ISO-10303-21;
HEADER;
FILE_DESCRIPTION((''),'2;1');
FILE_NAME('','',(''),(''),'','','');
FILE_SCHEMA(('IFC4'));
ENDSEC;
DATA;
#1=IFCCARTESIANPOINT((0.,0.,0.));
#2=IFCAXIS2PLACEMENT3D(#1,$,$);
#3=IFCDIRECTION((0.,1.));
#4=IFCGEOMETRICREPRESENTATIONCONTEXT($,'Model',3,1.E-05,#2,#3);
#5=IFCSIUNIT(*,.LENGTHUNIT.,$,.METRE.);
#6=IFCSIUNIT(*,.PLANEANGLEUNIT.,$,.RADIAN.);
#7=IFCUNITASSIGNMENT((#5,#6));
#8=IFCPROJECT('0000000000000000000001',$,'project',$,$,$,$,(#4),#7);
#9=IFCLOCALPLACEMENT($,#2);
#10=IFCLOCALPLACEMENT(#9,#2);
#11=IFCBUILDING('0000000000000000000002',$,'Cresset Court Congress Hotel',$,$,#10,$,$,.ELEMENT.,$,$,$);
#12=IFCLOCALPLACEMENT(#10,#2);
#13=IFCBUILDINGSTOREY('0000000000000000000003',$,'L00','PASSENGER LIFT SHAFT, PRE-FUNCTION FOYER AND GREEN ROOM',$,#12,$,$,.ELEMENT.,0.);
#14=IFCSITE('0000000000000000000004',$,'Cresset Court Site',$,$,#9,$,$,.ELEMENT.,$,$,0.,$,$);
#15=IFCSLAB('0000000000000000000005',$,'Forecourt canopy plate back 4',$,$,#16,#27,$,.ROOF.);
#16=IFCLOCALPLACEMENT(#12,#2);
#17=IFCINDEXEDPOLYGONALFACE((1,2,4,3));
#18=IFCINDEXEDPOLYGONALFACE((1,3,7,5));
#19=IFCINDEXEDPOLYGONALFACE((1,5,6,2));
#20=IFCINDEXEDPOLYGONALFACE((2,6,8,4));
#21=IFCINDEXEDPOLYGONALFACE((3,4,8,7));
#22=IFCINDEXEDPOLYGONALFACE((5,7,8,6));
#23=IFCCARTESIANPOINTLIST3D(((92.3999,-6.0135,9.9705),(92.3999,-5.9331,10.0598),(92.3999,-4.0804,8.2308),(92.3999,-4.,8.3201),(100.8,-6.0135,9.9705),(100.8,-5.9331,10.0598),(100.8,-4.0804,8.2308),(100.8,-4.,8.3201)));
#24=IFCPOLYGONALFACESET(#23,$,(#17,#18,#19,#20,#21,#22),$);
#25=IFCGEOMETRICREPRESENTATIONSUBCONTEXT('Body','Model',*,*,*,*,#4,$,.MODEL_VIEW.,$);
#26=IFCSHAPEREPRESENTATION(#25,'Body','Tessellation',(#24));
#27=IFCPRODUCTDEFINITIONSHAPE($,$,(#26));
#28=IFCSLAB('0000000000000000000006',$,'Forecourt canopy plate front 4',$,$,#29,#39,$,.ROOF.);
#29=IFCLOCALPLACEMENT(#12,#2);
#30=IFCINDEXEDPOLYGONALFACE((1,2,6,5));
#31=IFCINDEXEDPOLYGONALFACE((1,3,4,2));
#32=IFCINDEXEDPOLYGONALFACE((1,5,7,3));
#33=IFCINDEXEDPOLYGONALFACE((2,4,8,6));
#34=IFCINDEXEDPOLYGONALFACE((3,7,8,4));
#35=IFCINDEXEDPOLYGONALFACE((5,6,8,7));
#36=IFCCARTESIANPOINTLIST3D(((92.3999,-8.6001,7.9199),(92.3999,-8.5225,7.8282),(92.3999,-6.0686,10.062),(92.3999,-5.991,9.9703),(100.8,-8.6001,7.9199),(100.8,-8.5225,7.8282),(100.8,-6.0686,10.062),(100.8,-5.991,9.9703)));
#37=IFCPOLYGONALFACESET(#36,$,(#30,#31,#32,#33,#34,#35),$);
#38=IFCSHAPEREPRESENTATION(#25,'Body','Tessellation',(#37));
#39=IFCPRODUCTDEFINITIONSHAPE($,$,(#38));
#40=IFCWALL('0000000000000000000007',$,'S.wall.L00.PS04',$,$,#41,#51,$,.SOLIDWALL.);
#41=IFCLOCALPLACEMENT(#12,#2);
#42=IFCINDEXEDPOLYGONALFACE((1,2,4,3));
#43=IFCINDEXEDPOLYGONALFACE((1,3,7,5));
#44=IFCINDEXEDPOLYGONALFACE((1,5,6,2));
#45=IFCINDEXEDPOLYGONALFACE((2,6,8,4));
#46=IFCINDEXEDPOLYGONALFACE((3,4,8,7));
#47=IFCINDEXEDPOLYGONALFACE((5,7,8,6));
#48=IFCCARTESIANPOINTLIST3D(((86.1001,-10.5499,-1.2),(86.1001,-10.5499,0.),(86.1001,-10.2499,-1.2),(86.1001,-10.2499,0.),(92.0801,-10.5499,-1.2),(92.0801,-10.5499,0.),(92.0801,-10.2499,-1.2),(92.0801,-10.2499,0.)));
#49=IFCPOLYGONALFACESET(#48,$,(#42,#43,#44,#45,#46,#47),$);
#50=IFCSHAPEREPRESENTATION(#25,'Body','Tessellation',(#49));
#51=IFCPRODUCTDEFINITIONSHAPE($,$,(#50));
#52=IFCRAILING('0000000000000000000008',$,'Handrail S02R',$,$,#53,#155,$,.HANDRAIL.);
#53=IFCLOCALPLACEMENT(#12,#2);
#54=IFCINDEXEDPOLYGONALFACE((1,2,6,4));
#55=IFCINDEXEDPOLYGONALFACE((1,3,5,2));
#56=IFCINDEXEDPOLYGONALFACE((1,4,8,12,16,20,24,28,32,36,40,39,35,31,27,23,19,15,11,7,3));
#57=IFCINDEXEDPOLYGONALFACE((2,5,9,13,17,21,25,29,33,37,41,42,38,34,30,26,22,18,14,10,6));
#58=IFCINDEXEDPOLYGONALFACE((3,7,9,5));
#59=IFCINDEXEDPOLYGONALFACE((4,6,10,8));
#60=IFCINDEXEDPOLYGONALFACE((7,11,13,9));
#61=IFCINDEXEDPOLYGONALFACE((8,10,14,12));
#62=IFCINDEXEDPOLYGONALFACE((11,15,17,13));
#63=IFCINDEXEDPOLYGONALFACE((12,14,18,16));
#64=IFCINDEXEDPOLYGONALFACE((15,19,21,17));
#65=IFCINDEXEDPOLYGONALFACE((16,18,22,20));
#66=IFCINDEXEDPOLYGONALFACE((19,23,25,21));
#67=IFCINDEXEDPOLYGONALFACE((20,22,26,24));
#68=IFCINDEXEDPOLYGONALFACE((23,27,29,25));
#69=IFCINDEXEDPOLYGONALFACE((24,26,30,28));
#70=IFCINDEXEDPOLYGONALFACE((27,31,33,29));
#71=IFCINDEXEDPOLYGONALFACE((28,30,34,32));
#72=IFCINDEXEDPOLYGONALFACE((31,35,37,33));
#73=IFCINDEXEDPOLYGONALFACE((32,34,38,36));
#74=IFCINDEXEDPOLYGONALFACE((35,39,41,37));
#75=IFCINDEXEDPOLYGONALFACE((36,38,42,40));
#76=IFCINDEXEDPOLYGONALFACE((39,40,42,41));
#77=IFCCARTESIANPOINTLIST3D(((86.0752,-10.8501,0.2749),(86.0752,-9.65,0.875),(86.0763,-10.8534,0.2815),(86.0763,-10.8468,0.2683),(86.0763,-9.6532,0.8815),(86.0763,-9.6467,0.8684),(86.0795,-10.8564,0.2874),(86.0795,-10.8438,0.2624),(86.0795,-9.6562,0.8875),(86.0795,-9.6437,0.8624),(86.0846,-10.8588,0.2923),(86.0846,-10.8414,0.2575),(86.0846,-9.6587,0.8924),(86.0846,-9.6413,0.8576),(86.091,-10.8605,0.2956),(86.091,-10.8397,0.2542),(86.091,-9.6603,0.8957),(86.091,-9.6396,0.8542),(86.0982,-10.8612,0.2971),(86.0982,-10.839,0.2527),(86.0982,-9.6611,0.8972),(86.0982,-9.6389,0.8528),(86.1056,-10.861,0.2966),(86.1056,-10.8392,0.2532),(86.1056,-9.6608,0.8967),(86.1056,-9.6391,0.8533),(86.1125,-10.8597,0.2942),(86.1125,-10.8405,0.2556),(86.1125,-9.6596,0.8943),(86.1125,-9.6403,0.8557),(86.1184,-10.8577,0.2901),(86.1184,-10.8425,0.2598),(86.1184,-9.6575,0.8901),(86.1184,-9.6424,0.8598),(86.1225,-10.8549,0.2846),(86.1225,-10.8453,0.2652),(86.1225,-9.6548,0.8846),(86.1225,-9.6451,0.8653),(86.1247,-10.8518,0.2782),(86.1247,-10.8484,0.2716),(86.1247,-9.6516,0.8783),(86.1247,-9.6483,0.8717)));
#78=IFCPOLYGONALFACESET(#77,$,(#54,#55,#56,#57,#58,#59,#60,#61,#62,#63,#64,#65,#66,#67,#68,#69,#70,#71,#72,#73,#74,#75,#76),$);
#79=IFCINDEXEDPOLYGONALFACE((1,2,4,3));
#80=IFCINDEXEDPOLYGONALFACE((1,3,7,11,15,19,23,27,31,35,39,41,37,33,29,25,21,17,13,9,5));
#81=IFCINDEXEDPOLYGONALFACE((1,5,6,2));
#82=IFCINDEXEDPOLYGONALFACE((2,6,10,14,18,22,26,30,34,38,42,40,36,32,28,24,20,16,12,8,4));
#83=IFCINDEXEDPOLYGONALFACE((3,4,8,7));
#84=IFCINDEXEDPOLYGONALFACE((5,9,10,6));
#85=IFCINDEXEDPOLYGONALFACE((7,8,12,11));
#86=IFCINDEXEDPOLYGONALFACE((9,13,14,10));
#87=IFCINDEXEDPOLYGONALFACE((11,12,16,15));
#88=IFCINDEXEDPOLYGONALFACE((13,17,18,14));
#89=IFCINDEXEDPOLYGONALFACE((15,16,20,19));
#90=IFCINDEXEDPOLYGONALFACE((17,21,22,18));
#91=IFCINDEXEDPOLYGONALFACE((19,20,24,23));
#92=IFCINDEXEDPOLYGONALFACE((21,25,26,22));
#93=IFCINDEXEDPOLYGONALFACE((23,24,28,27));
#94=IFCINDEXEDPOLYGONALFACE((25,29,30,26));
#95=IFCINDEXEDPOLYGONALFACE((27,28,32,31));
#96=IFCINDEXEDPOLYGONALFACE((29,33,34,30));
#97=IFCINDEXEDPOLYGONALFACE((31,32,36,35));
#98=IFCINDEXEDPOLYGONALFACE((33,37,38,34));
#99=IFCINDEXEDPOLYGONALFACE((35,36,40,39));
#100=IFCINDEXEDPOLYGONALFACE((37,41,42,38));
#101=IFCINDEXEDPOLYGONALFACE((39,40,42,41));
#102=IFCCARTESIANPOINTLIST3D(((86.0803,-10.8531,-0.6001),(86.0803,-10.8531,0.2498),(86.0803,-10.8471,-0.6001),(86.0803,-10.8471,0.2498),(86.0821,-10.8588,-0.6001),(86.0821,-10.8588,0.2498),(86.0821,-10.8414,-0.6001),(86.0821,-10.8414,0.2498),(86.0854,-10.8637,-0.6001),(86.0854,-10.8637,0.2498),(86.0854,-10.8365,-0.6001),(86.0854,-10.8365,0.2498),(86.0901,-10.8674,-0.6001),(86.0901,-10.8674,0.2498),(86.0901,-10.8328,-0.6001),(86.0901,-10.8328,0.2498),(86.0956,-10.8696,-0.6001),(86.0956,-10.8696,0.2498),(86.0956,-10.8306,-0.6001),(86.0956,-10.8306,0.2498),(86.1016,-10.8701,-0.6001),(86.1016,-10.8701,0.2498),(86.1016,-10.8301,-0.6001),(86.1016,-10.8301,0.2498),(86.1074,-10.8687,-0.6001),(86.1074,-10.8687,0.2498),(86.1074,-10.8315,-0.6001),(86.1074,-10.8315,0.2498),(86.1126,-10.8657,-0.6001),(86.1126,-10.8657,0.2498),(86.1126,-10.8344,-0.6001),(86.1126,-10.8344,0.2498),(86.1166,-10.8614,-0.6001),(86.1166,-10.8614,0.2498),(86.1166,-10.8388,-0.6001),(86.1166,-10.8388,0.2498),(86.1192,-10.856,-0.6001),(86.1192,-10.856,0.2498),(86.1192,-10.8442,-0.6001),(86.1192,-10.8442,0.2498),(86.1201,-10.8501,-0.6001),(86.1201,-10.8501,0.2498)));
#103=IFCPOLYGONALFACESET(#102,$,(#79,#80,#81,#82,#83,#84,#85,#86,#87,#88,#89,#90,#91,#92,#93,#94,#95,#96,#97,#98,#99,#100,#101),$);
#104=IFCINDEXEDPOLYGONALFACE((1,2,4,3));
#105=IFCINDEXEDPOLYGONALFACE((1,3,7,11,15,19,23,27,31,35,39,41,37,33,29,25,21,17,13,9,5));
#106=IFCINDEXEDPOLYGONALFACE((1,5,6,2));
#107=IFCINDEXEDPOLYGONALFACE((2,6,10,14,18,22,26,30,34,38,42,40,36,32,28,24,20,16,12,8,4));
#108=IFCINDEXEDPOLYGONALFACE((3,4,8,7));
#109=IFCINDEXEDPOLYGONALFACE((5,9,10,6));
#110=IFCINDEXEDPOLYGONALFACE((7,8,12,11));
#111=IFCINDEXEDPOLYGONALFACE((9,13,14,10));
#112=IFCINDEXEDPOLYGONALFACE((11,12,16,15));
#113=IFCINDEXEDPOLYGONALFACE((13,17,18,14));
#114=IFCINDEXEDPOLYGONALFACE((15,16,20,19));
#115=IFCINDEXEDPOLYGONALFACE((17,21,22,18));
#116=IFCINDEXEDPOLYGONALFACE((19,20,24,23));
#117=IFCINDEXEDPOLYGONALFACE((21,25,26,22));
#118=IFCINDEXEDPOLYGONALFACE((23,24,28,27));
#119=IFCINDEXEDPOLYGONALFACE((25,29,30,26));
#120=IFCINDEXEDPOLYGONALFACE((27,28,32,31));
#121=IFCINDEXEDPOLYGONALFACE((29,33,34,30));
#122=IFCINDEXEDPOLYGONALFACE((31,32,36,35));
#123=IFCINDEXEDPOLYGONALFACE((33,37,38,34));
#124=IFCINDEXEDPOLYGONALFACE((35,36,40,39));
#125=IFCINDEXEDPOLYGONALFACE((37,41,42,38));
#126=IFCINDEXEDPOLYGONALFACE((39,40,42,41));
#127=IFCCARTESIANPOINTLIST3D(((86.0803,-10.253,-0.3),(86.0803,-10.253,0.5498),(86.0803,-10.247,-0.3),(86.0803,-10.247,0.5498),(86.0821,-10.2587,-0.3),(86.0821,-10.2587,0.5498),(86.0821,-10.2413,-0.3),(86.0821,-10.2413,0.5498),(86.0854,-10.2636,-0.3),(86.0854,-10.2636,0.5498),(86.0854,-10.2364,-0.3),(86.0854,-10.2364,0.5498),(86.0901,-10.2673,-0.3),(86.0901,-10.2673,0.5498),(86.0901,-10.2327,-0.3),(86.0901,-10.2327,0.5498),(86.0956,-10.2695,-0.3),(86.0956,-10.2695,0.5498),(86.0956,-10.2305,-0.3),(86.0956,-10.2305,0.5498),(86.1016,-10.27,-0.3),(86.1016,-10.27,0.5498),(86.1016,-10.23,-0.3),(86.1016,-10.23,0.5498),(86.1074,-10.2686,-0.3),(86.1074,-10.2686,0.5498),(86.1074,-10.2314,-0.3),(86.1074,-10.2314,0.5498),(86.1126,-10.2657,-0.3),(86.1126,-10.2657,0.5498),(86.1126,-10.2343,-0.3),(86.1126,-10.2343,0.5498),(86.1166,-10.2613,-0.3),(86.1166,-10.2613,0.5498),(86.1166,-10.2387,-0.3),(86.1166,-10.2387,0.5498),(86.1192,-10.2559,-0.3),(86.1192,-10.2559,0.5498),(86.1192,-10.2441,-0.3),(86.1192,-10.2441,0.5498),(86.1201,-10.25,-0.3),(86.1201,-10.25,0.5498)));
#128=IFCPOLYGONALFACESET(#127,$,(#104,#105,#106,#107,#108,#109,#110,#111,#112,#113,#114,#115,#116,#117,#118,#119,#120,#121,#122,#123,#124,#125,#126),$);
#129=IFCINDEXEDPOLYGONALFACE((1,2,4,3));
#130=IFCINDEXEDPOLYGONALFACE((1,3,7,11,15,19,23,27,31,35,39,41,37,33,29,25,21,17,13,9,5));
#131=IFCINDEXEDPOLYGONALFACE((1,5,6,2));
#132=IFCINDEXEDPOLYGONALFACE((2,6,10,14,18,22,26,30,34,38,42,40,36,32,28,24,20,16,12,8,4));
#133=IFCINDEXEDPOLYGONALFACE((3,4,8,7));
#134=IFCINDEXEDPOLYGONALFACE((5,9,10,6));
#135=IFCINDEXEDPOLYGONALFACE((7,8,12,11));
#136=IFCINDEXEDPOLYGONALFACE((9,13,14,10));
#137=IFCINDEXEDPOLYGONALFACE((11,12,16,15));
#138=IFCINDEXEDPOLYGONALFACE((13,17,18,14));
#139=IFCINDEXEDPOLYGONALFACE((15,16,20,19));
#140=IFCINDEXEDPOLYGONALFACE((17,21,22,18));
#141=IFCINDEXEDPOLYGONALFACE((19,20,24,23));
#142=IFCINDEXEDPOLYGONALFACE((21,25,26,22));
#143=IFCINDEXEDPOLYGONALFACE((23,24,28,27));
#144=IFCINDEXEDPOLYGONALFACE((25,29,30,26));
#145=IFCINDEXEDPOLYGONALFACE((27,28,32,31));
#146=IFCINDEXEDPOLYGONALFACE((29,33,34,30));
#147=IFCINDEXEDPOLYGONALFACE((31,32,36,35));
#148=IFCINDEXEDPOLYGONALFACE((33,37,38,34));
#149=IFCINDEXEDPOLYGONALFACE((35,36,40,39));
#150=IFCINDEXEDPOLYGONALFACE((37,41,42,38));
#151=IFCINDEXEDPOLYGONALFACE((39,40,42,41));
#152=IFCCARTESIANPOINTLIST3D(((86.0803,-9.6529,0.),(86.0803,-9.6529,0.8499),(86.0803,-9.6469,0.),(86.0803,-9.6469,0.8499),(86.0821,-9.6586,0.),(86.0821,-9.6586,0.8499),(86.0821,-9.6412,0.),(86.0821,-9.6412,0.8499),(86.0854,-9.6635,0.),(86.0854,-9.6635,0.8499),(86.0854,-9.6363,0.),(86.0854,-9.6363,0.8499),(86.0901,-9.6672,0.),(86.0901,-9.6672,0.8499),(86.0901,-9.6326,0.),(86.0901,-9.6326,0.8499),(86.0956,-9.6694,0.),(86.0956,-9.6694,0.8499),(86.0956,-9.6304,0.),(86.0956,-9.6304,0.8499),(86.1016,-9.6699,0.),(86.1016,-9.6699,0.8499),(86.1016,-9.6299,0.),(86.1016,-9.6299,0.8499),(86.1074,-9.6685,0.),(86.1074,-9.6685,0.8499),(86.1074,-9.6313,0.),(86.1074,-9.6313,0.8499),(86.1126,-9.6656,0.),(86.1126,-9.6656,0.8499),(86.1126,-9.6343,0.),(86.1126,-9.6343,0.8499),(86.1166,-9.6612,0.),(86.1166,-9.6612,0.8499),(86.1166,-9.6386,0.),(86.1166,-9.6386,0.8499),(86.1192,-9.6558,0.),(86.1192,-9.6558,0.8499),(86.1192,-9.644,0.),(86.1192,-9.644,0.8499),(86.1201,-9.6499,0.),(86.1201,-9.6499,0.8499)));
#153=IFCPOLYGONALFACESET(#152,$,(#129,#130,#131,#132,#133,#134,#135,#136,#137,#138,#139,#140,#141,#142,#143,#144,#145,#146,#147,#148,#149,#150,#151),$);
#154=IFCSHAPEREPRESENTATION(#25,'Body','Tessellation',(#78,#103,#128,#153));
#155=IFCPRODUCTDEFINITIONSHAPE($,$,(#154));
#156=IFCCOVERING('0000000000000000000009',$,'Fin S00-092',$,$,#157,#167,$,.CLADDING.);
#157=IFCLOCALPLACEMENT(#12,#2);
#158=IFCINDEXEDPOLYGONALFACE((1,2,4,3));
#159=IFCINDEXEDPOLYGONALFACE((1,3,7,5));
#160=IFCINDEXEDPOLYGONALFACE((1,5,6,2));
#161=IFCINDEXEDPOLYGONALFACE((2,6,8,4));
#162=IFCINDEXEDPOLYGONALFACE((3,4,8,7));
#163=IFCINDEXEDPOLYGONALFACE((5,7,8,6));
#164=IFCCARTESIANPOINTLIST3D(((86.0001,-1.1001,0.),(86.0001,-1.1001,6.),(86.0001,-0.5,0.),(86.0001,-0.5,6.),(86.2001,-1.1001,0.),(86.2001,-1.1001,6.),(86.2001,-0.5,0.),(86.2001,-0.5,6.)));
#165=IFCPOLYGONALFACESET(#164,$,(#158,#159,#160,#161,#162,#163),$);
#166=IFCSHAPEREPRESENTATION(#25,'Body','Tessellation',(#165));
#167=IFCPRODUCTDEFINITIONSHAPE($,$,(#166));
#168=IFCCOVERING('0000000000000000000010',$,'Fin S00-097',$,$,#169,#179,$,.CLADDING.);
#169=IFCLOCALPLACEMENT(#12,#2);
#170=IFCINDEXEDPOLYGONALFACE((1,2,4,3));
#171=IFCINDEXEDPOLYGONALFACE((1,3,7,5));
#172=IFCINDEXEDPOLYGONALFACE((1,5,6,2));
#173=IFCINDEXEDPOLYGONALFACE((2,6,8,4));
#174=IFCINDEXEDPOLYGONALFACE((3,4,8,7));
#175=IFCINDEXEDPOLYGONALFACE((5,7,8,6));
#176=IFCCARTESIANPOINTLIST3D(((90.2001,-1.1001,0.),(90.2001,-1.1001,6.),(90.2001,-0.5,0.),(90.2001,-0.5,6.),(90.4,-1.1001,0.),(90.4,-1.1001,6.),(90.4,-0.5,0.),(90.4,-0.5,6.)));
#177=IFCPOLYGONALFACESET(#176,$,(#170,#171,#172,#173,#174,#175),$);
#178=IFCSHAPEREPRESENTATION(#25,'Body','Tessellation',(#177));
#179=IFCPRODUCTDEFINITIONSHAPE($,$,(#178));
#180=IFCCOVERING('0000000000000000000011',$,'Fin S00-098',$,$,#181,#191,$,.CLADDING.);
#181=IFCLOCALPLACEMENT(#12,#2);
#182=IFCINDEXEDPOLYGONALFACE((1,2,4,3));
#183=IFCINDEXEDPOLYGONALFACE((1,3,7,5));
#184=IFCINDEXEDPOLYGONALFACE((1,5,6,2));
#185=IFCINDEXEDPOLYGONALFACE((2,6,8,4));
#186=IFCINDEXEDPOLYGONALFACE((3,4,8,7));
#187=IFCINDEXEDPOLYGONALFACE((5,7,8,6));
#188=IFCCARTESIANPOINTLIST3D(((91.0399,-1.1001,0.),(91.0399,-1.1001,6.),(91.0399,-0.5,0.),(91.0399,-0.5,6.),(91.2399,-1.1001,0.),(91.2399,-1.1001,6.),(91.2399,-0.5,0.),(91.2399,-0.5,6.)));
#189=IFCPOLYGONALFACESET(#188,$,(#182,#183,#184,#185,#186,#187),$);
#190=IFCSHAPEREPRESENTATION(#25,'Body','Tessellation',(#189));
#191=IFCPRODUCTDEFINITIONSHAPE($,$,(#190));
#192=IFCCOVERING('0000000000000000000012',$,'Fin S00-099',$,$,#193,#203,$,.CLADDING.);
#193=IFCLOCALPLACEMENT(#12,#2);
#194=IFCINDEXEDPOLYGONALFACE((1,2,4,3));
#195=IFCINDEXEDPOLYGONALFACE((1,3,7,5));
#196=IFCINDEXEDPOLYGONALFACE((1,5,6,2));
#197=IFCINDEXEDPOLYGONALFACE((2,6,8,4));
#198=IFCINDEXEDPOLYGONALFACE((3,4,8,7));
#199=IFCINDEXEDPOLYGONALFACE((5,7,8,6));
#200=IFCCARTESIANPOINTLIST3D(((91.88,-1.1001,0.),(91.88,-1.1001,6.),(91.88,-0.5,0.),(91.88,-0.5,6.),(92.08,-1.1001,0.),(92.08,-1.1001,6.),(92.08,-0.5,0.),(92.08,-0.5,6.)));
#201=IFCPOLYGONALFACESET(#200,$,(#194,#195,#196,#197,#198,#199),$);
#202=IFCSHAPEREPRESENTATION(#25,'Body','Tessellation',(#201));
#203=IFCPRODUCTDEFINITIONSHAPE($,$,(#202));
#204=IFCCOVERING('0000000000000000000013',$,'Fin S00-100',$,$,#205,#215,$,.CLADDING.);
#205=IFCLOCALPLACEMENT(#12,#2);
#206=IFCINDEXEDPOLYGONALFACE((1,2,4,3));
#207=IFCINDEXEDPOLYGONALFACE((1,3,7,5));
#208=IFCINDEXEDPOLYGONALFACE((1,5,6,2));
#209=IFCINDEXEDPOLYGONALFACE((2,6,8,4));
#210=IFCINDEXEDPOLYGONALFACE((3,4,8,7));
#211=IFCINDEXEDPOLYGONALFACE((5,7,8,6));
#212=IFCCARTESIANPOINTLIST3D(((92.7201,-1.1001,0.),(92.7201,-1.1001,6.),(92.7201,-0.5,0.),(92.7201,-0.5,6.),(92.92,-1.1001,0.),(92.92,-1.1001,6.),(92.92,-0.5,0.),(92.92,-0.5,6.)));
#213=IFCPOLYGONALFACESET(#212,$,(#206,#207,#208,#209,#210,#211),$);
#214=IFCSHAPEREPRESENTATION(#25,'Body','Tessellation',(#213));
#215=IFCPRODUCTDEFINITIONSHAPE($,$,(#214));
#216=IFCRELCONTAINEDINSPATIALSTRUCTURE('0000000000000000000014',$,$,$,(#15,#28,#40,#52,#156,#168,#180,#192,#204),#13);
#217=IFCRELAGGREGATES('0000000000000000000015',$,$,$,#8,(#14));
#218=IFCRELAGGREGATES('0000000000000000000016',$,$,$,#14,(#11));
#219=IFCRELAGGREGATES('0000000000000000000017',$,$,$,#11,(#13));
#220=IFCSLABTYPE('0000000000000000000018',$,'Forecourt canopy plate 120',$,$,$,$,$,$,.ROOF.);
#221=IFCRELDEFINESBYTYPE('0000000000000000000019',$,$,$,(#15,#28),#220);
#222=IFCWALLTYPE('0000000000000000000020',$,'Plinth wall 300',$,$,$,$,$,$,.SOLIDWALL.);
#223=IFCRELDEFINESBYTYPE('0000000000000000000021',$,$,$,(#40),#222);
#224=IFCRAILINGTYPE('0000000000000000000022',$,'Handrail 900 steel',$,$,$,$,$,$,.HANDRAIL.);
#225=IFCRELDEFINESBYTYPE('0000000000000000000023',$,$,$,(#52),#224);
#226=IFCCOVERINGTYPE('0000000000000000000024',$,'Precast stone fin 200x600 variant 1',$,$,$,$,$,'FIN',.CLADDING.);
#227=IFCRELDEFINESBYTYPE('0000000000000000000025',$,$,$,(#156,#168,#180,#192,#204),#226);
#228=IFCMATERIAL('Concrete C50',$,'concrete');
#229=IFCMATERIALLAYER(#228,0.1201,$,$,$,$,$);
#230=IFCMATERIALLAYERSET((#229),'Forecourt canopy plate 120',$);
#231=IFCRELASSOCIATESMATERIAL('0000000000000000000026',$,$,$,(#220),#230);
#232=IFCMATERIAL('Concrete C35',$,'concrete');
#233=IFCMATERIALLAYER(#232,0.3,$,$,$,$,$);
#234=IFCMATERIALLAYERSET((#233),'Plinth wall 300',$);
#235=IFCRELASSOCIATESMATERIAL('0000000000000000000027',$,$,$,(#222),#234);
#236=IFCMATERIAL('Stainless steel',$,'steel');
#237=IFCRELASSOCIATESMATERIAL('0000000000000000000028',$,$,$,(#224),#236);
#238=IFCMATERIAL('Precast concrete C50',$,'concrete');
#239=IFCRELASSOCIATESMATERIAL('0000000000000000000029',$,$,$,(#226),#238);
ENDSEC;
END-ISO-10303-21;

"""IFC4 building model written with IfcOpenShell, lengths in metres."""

from ifc_helpers import new_model, si_unit, direction, frame, frame_2d, origin, origin_2d, place, context, subcontext, project, spatial, polyline, rectangle, circle, outline, extrude, material, layer, layer_set, type_object, element, save


model = new_model("IFC4")

# Units and contexts
model_context = context("Model", 3, precision=1e-05, world=origin(), true_north=direction((0.0, 1.0)))
body_context = subcontext(model_context, "Body", "Model", "MODEL_VIEW")
ifc_project = project(units=[si_unit("LENGTHUNIT", "METRE"), si_unit("PLANEANGLEUNIT", "RADIAN")], contexts=[model_context])

# Site, building, storey
site_placement = place(None, origin())
site = spatial("IfcSite", under=ifc_project, at=site_placement, Name="Cresset Court Site", CompositionType="ELEMENT", RefElevation=0.0)
building_placement = place(site_placement, origin())
building = spatial("IfcBuilding", under=site, at=building_placement, Name="Cresset Court Congress Hotel", CompositionType="ELEMENT")
storey_placement = place(building_placement, origin())
storey = spatial("IfcBuildingStorey", under=building, at=storey_placement, Name="L00", Description="PASSENGER LIFT SHAFT, PRE-FUNCTION FOYER AND GREEN ROOM", CompositionType="ELEMENT", Elevation=0.0)

# Slabs
ifc_material_1 = material(Name="Concrete C50", Category="concrete")
ifc_layer_1 = layer(ifc_material_1, 0.1201)
ifc_layer_set_1 = layer_set([ifc_layer_1], Name="Forecourt canopy plate 120")
slab_type = type_object("IfcSlabType", Name="Forecourt canopy plate 120", PredefinedType="ROOF", material=ifc_layer_set_1)
slab_1_placement = place(storey_placement, frame((92.3999, -5.9331, 10.0598), z_axis=(0.0, 0.668954, 0.743303), x_axis=(1.0, 0.0, 0.0)))
element("IfcSlab", 1, at=slab_1_placement, inside=storey, type_object=slab_type, Name="Forecourt canopy plate back 4", PredefinedType="ROOF", context=body_context, shape_type="SweptSolid", body=[
    extrude(outline(polyline([(0.0, 0.0), (8.4001, 0.0), (8.4001, 2.6007), (0.0, 2.6007), (0.0, 0.0)])), origin(), (0.0, 0.0, -1.0), 0.1201),
])
slab_2_placement = place(storey_placement, frame((92.3999, -6.0686, 10.062), z_axis=(0.0, -0.645952, 0.763378), x_axis=(1.0, 0.0, 0.0)))
element("IfcSlab", 2, at=slab_2_placement, inside=storey, type_object=slab_type, Name="Forecourt canopy plate front 4", PredefinedType="ROOF", context=body_context, shape_type="SweptSolid", body=[
    extrude(outline(polyline([(0.0, 0.0), (8.4001, 0.0), (8.4001, -3.3162), (0.0, -3.3162), (0.0, 0.0)])), origin(), (0.0, 0.0, -1.0), 0.1201),
])

# Wall
ifc_material_2 = material(Name="Concrete C35", Category="concrete")
ifc_layer_2 = layer(ifc_material_2, 0.3)
ifc_layer_set_2 = layer_set([ifc_layer_2], Name="Plinth wall 300")
wall_type = type_object("IfcWallType", Name="Plinth wall 300", PredefinedType="SOLIDWALL", material=ifc_layer_set_2)
wall_placement = place(storey_placement, frame((86.1001, -10.3999, -1.2), z_axis=(0.0, 0.0, 1.0), x_axis=(1.0, 0.0, 0.0)))
element("IfcWall", 3, at=wall_placement, inside=storey, type_object=wall_type, Name="S.wall.L00.PS04", PredefinedType="SOLIDWALL", context=body_context, shape_type="SweptSolid", body=[
    extrude(rectangle(XDim=5.98, YDim=0.3, at=frame_2d((2.99, 0.0))), origin(), (0.0, 0.0, 1.0), 1.2),
])

# Railing
ifc_material_3 = material(Name="Stainless steel", Category="steel")
railing_type = type_object("IfcRailingType", Name="Handrail 900 steel", PredefinedType="HANDRAIL", material=ifc_material_3)
railing_placement = place(storey_placement, frame((86.1001, -10.8501, -0.6001)))
element("IfcRailing", 4, at=railing_placement, inside=storey, type_object=railing_type, Name="Handrail S02R", PredefinedType="HANDRAIL", context=body_context, shape_type="SweptSolid", body=[
    extrude(circle(Radius=0.0249, at=origin_2d()), frame((0.0, 0.0, 0.875), z_axis=(0.0, 0.894427, 0.447214), x_axis=(-1.0, 0.0, 0.0)), (0.0, 0.0, 1.0), 1.3418),
    extrude(circle(Radius=0.02, at=origin_2d()), origin(), (0.0, 0.0, 1.0), 0.8499),
    extrude(circle(Radius=0.02, at=origin_2d()), frame((0.0, 0.6001, 0.3)), (0.0, 0.0, 1.0), 0.8499),
    extrude(circle(Radius=0.02, at=origin_2d()), frame((0.0, 1.2002, 0.6001)), (0.0, 0.0, 1.0), 0.8499),
])

# Coverings
ifc_material_4 = material(Name="Precast concrete C50", Category="concrete")
covering_type_1 = type_object("IfcCoveringType", Name="Precast stone fin 200x600 variant 1", ElementType="FIN", PredefinedType="CLADDING", material=ifc_material_4)
for number, where, z_axis, x_axis, name in (
    (5, (86.1001, -0.8, 0.0), (0.0, 0.0, 1.0), (1.0, 0.0, 0.0), "Fin S00-092"),
    (6, (90.3, -0.8, 0.0), (0.0, 0.0, 1.0), (1.0, 0.0, 0.0), "Fin S00-097"),
    (7, (91.1399, -0.8, 0.0), (0.0, 0.0, 1.0), (1.0, 0.0, 0.0), "Fin S00-098"),
    (8, (91.98, -0.8, 0.0), (0.0, 0.0, 1.0), (1.0, 0.0, 0.0), "Fin S00-099"),
    (9, (92.8201, -0.8, 0.0), (0.0, 0.0, 1.0), (1.0, 0.0, 0.0), "Fin S00-100"),
):
    element("IfcCovering", number, at=place(storey_placement, frame(where, z_axis=z_axis, x_axis=x_axis)), inside=storey, type_object=covering_type_1, Name=name, PredefinedType="CLADDING", context=body_context, shape_type="SweptSolid", body=[
        extrude(rectangle(XDim=0.2, YDim=0.6001, at=origin_2d()), origin(), (0.0, 0.0, 1.0), 6.0),
    ])

save(model, "model.ifc")
